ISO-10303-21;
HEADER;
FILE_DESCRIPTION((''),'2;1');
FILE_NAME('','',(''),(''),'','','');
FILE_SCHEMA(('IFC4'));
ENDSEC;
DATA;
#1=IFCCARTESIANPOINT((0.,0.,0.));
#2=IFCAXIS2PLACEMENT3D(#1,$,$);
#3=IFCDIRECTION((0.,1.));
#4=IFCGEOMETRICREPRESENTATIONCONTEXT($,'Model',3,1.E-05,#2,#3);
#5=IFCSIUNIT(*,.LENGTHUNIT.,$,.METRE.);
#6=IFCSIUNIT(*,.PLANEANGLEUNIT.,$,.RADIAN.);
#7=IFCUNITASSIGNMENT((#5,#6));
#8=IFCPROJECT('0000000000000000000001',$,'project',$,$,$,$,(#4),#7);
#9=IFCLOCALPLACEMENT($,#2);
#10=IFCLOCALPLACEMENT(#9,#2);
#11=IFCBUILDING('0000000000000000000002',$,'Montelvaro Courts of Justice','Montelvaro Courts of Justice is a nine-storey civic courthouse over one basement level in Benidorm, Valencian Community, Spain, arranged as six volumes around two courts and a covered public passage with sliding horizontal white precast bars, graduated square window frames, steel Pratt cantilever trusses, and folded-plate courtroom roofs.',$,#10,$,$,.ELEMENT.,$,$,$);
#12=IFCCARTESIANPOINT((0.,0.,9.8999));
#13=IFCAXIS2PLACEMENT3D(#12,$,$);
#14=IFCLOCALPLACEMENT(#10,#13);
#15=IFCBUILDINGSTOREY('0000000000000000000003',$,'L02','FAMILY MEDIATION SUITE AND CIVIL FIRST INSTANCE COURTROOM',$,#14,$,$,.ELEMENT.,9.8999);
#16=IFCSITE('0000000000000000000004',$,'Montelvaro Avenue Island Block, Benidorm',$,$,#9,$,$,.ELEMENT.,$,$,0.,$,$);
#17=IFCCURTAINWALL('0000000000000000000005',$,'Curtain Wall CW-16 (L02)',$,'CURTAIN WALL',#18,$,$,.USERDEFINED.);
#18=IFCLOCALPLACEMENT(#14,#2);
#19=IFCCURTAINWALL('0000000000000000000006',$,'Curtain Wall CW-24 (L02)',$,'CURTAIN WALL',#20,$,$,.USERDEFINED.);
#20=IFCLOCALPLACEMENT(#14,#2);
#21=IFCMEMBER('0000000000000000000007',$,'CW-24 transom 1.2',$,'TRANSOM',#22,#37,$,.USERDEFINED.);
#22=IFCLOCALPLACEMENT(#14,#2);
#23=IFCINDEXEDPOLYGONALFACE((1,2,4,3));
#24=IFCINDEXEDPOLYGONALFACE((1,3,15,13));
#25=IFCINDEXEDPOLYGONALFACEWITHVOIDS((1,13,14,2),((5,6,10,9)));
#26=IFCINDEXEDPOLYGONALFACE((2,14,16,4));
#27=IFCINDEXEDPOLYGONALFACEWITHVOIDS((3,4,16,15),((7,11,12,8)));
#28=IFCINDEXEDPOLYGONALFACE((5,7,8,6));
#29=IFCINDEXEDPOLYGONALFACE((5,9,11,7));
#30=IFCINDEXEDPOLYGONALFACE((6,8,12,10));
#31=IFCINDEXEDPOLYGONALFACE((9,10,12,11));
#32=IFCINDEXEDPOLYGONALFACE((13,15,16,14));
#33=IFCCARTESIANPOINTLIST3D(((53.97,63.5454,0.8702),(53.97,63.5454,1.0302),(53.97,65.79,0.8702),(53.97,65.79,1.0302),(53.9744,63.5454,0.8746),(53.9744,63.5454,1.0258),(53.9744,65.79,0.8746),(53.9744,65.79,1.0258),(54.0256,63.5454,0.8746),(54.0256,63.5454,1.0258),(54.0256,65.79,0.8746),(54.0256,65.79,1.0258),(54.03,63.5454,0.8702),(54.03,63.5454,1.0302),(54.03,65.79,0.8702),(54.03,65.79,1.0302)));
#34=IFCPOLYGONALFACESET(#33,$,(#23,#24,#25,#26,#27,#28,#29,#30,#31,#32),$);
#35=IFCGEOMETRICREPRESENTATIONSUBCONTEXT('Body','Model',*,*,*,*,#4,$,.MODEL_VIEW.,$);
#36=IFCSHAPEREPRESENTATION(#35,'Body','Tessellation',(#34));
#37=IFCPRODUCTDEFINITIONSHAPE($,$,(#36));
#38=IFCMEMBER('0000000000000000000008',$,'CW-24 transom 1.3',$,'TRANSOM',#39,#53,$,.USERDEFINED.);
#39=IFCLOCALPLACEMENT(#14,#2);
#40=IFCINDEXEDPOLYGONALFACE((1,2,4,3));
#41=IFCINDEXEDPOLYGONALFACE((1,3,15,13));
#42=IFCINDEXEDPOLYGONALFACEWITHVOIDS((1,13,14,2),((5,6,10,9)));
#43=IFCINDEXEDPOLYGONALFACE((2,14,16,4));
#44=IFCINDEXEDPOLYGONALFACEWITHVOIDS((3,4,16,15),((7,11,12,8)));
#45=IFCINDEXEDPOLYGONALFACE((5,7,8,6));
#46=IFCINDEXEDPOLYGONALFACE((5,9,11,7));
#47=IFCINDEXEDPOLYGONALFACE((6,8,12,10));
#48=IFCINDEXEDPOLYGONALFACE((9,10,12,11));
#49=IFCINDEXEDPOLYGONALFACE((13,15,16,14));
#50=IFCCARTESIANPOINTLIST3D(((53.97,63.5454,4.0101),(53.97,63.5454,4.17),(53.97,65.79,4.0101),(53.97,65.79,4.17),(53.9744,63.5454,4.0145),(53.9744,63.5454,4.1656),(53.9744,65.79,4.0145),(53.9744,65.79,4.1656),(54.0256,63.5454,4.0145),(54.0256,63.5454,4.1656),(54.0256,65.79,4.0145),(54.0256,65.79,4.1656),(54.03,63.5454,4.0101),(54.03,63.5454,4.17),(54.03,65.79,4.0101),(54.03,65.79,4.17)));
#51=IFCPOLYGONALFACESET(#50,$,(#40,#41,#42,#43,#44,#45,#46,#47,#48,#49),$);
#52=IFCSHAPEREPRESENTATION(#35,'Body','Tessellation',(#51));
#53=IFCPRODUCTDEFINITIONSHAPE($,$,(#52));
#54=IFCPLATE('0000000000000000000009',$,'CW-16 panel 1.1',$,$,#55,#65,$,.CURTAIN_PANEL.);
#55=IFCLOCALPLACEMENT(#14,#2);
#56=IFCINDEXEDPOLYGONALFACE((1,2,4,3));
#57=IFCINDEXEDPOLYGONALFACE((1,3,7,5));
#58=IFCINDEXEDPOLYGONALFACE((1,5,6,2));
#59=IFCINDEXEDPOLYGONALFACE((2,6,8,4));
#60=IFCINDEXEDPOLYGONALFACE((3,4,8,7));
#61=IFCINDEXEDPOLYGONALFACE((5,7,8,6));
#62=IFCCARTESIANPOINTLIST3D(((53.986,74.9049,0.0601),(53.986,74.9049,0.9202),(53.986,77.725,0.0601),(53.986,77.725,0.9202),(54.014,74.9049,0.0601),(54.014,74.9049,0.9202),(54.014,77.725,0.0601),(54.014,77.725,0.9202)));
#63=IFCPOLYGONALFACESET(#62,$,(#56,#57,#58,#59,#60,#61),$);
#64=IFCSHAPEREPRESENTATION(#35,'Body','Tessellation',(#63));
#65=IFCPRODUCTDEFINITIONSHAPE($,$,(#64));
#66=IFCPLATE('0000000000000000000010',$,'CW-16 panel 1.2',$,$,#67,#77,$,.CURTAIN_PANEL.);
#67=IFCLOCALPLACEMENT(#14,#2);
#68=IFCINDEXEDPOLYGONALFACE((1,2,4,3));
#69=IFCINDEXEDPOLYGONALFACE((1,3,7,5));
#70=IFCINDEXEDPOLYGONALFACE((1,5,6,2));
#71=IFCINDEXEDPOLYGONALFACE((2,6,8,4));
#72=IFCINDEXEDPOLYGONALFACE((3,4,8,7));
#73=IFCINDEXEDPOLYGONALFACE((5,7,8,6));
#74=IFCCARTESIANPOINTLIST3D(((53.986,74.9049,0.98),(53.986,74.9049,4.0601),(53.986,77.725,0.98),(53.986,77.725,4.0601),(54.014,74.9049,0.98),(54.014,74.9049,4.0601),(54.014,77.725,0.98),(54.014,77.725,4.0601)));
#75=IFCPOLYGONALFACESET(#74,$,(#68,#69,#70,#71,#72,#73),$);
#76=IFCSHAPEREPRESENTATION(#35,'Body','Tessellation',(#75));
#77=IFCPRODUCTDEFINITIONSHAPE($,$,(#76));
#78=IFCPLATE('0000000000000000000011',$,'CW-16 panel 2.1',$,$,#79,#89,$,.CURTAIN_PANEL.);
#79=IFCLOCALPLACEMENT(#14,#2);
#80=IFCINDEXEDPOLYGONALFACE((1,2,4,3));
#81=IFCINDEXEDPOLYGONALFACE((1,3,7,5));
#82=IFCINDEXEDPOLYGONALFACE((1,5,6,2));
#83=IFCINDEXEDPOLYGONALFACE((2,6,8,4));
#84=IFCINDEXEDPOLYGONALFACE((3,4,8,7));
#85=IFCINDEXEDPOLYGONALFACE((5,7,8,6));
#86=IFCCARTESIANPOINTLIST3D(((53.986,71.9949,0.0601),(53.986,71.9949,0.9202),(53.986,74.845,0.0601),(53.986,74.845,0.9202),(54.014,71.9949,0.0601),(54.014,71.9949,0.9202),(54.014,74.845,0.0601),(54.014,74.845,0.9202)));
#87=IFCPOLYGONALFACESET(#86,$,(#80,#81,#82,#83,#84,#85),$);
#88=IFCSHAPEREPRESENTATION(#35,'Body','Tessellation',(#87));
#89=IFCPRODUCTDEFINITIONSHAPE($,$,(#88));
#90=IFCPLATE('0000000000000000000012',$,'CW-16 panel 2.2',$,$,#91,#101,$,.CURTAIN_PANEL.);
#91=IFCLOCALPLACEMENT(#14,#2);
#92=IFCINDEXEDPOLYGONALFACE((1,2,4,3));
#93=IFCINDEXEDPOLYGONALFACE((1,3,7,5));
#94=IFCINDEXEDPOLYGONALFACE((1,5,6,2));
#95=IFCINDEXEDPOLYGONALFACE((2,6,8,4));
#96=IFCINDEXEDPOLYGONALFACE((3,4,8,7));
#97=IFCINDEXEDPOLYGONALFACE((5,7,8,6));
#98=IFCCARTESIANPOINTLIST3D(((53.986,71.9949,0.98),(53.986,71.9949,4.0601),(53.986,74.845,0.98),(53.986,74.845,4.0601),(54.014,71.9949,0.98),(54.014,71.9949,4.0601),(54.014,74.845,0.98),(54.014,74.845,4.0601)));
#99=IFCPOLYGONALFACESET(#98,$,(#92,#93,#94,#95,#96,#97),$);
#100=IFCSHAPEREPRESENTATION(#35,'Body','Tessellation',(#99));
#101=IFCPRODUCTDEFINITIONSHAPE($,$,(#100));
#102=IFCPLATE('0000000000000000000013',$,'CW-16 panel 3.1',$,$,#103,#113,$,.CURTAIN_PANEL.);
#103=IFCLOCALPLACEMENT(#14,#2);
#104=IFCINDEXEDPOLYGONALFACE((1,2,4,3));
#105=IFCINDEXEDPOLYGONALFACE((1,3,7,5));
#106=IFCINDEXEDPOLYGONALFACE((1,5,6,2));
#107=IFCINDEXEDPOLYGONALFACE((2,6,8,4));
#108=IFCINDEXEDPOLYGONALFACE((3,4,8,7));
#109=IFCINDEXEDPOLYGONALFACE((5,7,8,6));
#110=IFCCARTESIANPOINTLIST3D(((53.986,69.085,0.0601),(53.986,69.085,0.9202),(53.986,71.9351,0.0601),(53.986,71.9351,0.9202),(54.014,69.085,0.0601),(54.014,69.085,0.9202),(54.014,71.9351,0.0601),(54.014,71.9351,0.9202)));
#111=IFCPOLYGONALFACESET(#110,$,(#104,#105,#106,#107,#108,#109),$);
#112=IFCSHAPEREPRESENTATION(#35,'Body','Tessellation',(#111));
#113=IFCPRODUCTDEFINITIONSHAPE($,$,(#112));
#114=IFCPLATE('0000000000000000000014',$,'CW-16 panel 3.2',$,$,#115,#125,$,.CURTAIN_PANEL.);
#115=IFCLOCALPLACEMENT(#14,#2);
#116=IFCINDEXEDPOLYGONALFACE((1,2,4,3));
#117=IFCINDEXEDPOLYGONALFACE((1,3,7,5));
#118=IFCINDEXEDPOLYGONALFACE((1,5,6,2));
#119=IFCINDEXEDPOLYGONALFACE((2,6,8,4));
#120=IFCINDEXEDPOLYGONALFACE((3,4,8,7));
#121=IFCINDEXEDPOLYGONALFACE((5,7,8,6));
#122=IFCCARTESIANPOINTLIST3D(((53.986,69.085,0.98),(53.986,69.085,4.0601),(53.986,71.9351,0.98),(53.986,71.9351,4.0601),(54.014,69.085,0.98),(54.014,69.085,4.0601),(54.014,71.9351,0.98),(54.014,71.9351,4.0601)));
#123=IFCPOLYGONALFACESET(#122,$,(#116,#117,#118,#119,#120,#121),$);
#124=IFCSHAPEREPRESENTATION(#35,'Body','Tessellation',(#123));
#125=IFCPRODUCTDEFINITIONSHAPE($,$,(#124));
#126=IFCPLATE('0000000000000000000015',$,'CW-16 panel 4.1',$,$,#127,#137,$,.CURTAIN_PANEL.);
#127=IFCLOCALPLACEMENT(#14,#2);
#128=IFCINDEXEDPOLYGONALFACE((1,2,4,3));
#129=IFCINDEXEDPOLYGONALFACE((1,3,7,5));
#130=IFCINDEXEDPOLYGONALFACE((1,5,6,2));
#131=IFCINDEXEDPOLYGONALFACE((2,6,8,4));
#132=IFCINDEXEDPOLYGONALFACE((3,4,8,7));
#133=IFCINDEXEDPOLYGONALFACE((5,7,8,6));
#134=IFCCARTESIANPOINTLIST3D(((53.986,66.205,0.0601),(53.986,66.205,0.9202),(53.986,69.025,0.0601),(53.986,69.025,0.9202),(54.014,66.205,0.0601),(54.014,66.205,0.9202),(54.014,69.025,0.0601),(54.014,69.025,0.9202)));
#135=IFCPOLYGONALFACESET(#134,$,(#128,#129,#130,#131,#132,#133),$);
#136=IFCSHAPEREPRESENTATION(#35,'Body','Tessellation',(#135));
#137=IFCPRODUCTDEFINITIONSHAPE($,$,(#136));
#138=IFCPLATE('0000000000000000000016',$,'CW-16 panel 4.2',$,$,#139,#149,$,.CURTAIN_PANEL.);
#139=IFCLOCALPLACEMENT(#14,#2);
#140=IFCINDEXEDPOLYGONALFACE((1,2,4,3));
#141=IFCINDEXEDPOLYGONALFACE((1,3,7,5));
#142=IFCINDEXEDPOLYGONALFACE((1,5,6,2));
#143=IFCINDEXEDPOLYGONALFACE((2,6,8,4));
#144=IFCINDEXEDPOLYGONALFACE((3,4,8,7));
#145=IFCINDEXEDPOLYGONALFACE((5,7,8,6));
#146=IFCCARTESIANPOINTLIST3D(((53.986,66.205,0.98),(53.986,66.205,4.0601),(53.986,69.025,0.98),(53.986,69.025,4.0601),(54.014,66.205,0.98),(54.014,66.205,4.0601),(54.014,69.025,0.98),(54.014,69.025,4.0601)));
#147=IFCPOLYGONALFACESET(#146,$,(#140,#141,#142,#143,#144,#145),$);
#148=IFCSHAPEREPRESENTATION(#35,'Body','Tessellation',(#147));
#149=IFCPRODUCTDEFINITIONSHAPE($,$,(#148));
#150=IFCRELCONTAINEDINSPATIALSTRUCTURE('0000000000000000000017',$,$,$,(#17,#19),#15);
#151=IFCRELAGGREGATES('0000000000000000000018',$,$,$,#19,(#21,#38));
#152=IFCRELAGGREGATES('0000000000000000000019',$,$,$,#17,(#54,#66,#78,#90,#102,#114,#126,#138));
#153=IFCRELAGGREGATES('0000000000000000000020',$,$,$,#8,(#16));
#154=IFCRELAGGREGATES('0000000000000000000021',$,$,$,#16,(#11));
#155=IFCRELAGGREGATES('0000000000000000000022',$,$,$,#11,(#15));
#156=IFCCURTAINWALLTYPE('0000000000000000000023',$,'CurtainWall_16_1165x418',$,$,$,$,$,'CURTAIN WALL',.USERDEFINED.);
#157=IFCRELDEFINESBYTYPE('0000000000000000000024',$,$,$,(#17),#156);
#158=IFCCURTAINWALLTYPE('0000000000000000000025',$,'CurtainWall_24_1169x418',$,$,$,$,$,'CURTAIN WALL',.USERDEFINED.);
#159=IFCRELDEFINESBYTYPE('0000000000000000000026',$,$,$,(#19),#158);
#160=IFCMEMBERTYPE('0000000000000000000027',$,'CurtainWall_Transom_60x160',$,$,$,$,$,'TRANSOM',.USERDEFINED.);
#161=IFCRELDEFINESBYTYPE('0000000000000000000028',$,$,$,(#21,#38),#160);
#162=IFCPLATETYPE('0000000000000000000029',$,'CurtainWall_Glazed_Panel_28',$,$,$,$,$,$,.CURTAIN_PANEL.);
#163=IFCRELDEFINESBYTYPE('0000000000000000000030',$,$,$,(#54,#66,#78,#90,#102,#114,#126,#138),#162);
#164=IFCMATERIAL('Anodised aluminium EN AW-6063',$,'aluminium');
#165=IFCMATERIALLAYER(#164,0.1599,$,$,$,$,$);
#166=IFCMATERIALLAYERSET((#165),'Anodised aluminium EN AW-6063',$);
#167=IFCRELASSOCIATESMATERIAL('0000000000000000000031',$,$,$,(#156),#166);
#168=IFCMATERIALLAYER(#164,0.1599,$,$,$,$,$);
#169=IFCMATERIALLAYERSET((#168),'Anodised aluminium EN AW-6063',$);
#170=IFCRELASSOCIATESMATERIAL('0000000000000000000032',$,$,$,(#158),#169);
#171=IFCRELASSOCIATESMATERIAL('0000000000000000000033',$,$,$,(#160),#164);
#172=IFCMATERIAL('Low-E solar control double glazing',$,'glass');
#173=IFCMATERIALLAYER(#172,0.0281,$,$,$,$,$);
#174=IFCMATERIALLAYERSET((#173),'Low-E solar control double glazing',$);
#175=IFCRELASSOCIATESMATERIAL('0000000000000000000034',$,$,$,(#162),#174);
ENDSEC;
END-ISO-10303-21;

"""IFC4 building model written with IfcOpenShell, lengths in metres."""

from ifc_helpers import new_model, si_unit, direction, frame, origin, origin_2d, place, context, subcontext, project, spatial, rectangle, hollow_rectangle, extrude, material, layer, layer_set, material_profile, profile_set, type_object, element, aggregate, save


model = new_model("IFC4")

# Units and contexts
model_context = context("Model", 3, precision=1e-05, world=origin(), true_north=direction((0.0, 1.0)))
body_context = subcontext(model_context, "Body", "Model", "MODEL_VIEW")
ifc_project = project(units=[si_unit("LENGTHUNIT", "METRE"), si_unit("PLANEANGLEUNIT", "RADIAN")], contexts=[model_context])

# Site, building, storey
site_placement = place(None, origin())
site = spatial("IfcSite", under=ifc_project, at=site_placement, Name="Montelvaro Avenue Island Block, Benidorm", CompositionType="ELEMENT", RefElevation=0.0)
building_placement = place(site_placement, origin())
building = spatial("IfcBuilding", under=site, at=building_placement, Name="Montelvaro Courts of Justice", Description="Montelvaro Courts of Justice is a nine-storey civic courthouse over one basement level in Benidorm, Valencian Community, Spain, arranged as six volumes around two courts and a covered public passage with sliding horizontal white precast bars, graduated square window frames, steel Pratt cantilever trusses, and folded-plate courtroom roofs.", CompositionType="ELEMENT")
storey_placement = place(building_placement, frame((0.0, 0.0, 9.8999)))
storey = spatial("IfcBuildingStorey", under=building, at=storey_placement, Name="L02", Description="FAMILY MEDIATION SUITE AND CIVIL FIRST INSTANCE COURTROOM", CompositionType="ELEMENT", Elevation=9.8999)

# Curtain wall
ifc_material_1 = material(Name="Anodised aluminium EN AW-6063", Category="aluminium")
ifc_layer_1 = layer(ifc_material_1, 0.1599)
ifc_layer_set_1 = layer_set([ifc_layer_1], Name="Anodised aluminium EN AW-6063")
curtain_wall_type_1 = type_object("IfcCurtainWallType", Name="CurtainWall_16_1165x418", ElementType="CURTAIN WALL", PredefinedType="USERDEFINED", material=ifc_layer_set_1)
curtain_wall_1_placement = place(storey_placement, origin())
curtain_wall_1 = element("IfcCurtainWall", 1, at=curtain_wall_1_placement, inside=storey, type_object=curtain_wall_type_1, Name="Curtain Wall CW-16 (L02)", ObjectType="CURTAIN WALL", PredefinedType="USERDEFINED")

# Curtain wall
ifc_layer_2 = layer(ifc_material_1, 0.1599)
ifc_layer_set_2 = layer_set([ifc_layer_2], Name="Anodised aluminium EN AW-6063")
curtain_wall_type_2 = type_object("IfcCurtainWallType", Name="CurtainWall_24_1169x418", ElementType="CURTAIN WALL", PredefinedType="USERDEFINED", material=ifc_layer_set_2)
curtain_wall_2_placement = place(storey_placement, origin())
curtain_wall_2 = element("IfcCurtainWall", 2, at=curtain_wall_2_placement, inside=storey, type_object=curtain_wall_type_2, Name="Curtain Wall CW-24 (L02)", ObjectType="CURTAIN WALL", PredefinedType="USERDEFINED")

# Members
ifc_material_profile_1 = material_profile(ifc_material_1, hollow_rectangle(XDim=0.0601, YDim=0.1599, WallThickness=0.0044, at=origin_2d()), Name="ALU-T 60x160")
ifc_profile_set_1 = profile_set([ifc_material_profile_1], Name="Anodised aluminium EN AW-6063")
member_type_1 = type_object("IfcMemberType", Name="CurtainWall_Transom_60x160", ElementType="TRANSOM", PredefinedType="USERDEFINED", material=ifc_profile_set_1)
member_1_placement = place(storey_placement, frame((54.0, 65.79, 0.9502), z_axis=(0.0, -1.0, 0.0), x_axis=(1.0, 0.0, 0.0)))
member_1 = element("IfcMember", 3, at=member_1_placement, type_object=member_type_1, Name="CW-24 transom 1.2", ObjectType="TRANSOM", PredefinedType="USERDEFINED", context=body_context, shape_type="SweptSolid", body=[
    extrude(hollow_rectangle(XDim=0.0601, YDim=0.1599, WallThickness=0.0044, at=origin_2d()), origin(), (0.0, 0.0, 1.0), 2.2446),
])
member_2_placement = place(storey_placement, frame((54.0, 65.79, 4.0901), z_axis=(0.0, -1.0, 0.0), x_axis=(1.0, 0.0, 0.0)))
member_2 = element("IfcMember", 4, at=member_2_placement, type_object=member_type_1, Name="CW-24 transom 1.3", ObjectType="TRANSOM", PredefinedType="USERDEFINED", context=body_context, shape_type="SweptSolid", body=[
    extrude(hollow_rectangle(XDim=0.0601, YDim=0.1599, WallThickness=0.0044, at=origin_2d()), origin(), (0.0, 0.0, 1.0), 2.2446),
])
aggregate(curtain_wall_2, [member_1, member_2])

# Plates
ifc_material_2 = material(Name="Low-E solar control double glazing", Category="glass")
ifc_layer_3 = layer(ifc_material_2, 0.0281)
ifc_layer_set_3 = layer_set([ifc_layer_3], Name="Low-E solar control double glazing")
plate_type = type_object("IfcPlateType", Name="CurtainWall_Glazed_Panel_28", PredefinedType="CURTAIN_PANEL", material=ifc_layer_set_3)
plate_1_placement = place(storey_placement, frame((54.0, 76.3149, 0.0601), z_axis=(0.0, 0.0, 1.0), x_axis=(0.0, -1.0, 0.0)))
plate_1 = element("IfcPlate", 5, at=plate_1_placement, type_object=plate_type, Name="CW-16 panel 1.1", PredefinedType="CURTAIN_PANEL", context=body_context, shape_type="SweptSolid", body=[
    extrude(rectangle(XDim=2.8201, YDim=0.0281, at=origin_2d()), origin(), (0.0, 0.0, 1.0), 0.8601),
])
plate_2_placement = place(storey_placement, frame((54.0, 76.3149, 0.98), z_axis=(0.0, 0.0, 1.0), x_axis=(0.0, -1.0, 0.0)))
plate_2 = element("IfcPlate", 6, at=plate_2_placement, type_object=plate_type, Name="CW-16 panel 1.2", PredefinedType="CURTAIN_PANEL", context=body_context, shape_type="SweptSolid", body=[
    extrude(rectangle(XDim=2.8201, YDim=0.0281, at=origin_2d()), origin(), (0.0, 0.0, 1.0), 3.0801),
])
plate_3_placement = place(storey_placement, frame((54.0, 73.4199, 0.0601), z_axis=(0.0, 0.0, 1.0), x_axis=(0.0, -1.0, 0.0)))
plate_3 = element("IfcPlate", 7, at=plate_3_placement, type_object=plate_type, Name="CW-16 panel 2.1", PredefinedType="CURTAIN_PANEL", context=body_context, shape_type="SweptSolid", body=[
    extrude(rectangle(XDim=2.8501, YDim=0.0281, at=origin_2d()), origin(), (0.0, 0.0, 1.0), 0.8601),
])
plate_4_placement = place(storey_placement, frame((54.0, 73.4199, 0.98), z_axis=(0.0, 0.0, 1.0), x_axis=(0.0, -1.0, 0.0)))
plate_4 = element("IfcPlate", 8, at=plate_4_placement, type_object=plate_type, Name="CW-16 panel 2.2", PredefinedType="CURTAIN_PANEL", context=body_context, shape_type="SweptSolid", body=[
    extrude(rectangle(XDim=2.8501, YDim=0.0281, at=origin_2d()), origin(), (0.0, 0.0, 1.0), 3.0801),
])
plate_5_placement = place(storey_placement, frame((54.0, 70.51, 0.0601), z_axis=(0.0, 0.0, 1.0), x_axis=(0.0, -1.0, 0.0)))
plate_5 = element("IfcPlate", 9, at=plate_5_placement, type_object=plate_type, Name="CW-16 panel 3.1", PredefinedType="CURTAIN_PANEL", context=body_context, shape_type="SweptSolid", body=[
    extrude(rectangle(XDim=2.8501, YDim=0.0281, at=origin_2d()), origin(), (0.0, 0.0, 1.0), 0.8601),
])
plate_6_placement = place(storey_placement, frame((54.0, 70.51, 0.98), z_axis=(0.0, 0.0, 1.0), x_axis=(0.0, -1.0, 0.0)))
plate_6 = element("IfcPlate", 10, at=plate_6_placement, type_object=plate_type, Name="CW-16 panel 3.2", PredefinedType="CURTAIN_PANEL", context=body_context, shape_type="SweptSolid", body=[
    extrude(rectangle(XDim=2.8501, YDim=0.0281, at=origin_2d()), origin(), (0.0, 0.0, 1.0), 3.0801),
])
plate_7_placement = place(storey_placement, frame((54.0, 67.615, 0.0601), z_axis=(0.0, 0.0, 1.0), x_axis=(0.0, -1.0, 0.0)))
plate_7 = element("IfcPlate", 11, at=plate_7_placement, type_object=plate_type, Name="CW-16 panel 4.1", PredefinedType="CURTAIN_PANEL", context=body_context, shape_type="SweptSolid", body=[
    extrude(rectangle(XDim=2.8201, YDim=0.0281, at=origin_2d()), origin(), (0.0, 0.0, 1.0), 0.8601),
])
plate_8_placement = place(storey_placement, frame((54.0, 67.615, 0.98), z_axis=(0.0, 0.0, 1.0), x_axis=(0.0, -1.0, 0.0)))
plate_8 = element("IfcPlate", 12, at=plate_8_placement, type_object=plate_type, Name="CW-16 panel 4.2", PredefinedType="CURTAIN_PANEL", context=body_context, shape_type="SweptSolid", body=[
    extrude(rectangle(XDim=2.8201, YDim=0.0281, at=origin_2d()), origin(), (0.0, 0.0, 1.0), 3.0801),
])
aggregate(curtain_wall_1, [plate_1, plate_2, plate_3, plate_4, plate_5, plate_6, plate_7, plate_8])

save(model, "model.ifc")
